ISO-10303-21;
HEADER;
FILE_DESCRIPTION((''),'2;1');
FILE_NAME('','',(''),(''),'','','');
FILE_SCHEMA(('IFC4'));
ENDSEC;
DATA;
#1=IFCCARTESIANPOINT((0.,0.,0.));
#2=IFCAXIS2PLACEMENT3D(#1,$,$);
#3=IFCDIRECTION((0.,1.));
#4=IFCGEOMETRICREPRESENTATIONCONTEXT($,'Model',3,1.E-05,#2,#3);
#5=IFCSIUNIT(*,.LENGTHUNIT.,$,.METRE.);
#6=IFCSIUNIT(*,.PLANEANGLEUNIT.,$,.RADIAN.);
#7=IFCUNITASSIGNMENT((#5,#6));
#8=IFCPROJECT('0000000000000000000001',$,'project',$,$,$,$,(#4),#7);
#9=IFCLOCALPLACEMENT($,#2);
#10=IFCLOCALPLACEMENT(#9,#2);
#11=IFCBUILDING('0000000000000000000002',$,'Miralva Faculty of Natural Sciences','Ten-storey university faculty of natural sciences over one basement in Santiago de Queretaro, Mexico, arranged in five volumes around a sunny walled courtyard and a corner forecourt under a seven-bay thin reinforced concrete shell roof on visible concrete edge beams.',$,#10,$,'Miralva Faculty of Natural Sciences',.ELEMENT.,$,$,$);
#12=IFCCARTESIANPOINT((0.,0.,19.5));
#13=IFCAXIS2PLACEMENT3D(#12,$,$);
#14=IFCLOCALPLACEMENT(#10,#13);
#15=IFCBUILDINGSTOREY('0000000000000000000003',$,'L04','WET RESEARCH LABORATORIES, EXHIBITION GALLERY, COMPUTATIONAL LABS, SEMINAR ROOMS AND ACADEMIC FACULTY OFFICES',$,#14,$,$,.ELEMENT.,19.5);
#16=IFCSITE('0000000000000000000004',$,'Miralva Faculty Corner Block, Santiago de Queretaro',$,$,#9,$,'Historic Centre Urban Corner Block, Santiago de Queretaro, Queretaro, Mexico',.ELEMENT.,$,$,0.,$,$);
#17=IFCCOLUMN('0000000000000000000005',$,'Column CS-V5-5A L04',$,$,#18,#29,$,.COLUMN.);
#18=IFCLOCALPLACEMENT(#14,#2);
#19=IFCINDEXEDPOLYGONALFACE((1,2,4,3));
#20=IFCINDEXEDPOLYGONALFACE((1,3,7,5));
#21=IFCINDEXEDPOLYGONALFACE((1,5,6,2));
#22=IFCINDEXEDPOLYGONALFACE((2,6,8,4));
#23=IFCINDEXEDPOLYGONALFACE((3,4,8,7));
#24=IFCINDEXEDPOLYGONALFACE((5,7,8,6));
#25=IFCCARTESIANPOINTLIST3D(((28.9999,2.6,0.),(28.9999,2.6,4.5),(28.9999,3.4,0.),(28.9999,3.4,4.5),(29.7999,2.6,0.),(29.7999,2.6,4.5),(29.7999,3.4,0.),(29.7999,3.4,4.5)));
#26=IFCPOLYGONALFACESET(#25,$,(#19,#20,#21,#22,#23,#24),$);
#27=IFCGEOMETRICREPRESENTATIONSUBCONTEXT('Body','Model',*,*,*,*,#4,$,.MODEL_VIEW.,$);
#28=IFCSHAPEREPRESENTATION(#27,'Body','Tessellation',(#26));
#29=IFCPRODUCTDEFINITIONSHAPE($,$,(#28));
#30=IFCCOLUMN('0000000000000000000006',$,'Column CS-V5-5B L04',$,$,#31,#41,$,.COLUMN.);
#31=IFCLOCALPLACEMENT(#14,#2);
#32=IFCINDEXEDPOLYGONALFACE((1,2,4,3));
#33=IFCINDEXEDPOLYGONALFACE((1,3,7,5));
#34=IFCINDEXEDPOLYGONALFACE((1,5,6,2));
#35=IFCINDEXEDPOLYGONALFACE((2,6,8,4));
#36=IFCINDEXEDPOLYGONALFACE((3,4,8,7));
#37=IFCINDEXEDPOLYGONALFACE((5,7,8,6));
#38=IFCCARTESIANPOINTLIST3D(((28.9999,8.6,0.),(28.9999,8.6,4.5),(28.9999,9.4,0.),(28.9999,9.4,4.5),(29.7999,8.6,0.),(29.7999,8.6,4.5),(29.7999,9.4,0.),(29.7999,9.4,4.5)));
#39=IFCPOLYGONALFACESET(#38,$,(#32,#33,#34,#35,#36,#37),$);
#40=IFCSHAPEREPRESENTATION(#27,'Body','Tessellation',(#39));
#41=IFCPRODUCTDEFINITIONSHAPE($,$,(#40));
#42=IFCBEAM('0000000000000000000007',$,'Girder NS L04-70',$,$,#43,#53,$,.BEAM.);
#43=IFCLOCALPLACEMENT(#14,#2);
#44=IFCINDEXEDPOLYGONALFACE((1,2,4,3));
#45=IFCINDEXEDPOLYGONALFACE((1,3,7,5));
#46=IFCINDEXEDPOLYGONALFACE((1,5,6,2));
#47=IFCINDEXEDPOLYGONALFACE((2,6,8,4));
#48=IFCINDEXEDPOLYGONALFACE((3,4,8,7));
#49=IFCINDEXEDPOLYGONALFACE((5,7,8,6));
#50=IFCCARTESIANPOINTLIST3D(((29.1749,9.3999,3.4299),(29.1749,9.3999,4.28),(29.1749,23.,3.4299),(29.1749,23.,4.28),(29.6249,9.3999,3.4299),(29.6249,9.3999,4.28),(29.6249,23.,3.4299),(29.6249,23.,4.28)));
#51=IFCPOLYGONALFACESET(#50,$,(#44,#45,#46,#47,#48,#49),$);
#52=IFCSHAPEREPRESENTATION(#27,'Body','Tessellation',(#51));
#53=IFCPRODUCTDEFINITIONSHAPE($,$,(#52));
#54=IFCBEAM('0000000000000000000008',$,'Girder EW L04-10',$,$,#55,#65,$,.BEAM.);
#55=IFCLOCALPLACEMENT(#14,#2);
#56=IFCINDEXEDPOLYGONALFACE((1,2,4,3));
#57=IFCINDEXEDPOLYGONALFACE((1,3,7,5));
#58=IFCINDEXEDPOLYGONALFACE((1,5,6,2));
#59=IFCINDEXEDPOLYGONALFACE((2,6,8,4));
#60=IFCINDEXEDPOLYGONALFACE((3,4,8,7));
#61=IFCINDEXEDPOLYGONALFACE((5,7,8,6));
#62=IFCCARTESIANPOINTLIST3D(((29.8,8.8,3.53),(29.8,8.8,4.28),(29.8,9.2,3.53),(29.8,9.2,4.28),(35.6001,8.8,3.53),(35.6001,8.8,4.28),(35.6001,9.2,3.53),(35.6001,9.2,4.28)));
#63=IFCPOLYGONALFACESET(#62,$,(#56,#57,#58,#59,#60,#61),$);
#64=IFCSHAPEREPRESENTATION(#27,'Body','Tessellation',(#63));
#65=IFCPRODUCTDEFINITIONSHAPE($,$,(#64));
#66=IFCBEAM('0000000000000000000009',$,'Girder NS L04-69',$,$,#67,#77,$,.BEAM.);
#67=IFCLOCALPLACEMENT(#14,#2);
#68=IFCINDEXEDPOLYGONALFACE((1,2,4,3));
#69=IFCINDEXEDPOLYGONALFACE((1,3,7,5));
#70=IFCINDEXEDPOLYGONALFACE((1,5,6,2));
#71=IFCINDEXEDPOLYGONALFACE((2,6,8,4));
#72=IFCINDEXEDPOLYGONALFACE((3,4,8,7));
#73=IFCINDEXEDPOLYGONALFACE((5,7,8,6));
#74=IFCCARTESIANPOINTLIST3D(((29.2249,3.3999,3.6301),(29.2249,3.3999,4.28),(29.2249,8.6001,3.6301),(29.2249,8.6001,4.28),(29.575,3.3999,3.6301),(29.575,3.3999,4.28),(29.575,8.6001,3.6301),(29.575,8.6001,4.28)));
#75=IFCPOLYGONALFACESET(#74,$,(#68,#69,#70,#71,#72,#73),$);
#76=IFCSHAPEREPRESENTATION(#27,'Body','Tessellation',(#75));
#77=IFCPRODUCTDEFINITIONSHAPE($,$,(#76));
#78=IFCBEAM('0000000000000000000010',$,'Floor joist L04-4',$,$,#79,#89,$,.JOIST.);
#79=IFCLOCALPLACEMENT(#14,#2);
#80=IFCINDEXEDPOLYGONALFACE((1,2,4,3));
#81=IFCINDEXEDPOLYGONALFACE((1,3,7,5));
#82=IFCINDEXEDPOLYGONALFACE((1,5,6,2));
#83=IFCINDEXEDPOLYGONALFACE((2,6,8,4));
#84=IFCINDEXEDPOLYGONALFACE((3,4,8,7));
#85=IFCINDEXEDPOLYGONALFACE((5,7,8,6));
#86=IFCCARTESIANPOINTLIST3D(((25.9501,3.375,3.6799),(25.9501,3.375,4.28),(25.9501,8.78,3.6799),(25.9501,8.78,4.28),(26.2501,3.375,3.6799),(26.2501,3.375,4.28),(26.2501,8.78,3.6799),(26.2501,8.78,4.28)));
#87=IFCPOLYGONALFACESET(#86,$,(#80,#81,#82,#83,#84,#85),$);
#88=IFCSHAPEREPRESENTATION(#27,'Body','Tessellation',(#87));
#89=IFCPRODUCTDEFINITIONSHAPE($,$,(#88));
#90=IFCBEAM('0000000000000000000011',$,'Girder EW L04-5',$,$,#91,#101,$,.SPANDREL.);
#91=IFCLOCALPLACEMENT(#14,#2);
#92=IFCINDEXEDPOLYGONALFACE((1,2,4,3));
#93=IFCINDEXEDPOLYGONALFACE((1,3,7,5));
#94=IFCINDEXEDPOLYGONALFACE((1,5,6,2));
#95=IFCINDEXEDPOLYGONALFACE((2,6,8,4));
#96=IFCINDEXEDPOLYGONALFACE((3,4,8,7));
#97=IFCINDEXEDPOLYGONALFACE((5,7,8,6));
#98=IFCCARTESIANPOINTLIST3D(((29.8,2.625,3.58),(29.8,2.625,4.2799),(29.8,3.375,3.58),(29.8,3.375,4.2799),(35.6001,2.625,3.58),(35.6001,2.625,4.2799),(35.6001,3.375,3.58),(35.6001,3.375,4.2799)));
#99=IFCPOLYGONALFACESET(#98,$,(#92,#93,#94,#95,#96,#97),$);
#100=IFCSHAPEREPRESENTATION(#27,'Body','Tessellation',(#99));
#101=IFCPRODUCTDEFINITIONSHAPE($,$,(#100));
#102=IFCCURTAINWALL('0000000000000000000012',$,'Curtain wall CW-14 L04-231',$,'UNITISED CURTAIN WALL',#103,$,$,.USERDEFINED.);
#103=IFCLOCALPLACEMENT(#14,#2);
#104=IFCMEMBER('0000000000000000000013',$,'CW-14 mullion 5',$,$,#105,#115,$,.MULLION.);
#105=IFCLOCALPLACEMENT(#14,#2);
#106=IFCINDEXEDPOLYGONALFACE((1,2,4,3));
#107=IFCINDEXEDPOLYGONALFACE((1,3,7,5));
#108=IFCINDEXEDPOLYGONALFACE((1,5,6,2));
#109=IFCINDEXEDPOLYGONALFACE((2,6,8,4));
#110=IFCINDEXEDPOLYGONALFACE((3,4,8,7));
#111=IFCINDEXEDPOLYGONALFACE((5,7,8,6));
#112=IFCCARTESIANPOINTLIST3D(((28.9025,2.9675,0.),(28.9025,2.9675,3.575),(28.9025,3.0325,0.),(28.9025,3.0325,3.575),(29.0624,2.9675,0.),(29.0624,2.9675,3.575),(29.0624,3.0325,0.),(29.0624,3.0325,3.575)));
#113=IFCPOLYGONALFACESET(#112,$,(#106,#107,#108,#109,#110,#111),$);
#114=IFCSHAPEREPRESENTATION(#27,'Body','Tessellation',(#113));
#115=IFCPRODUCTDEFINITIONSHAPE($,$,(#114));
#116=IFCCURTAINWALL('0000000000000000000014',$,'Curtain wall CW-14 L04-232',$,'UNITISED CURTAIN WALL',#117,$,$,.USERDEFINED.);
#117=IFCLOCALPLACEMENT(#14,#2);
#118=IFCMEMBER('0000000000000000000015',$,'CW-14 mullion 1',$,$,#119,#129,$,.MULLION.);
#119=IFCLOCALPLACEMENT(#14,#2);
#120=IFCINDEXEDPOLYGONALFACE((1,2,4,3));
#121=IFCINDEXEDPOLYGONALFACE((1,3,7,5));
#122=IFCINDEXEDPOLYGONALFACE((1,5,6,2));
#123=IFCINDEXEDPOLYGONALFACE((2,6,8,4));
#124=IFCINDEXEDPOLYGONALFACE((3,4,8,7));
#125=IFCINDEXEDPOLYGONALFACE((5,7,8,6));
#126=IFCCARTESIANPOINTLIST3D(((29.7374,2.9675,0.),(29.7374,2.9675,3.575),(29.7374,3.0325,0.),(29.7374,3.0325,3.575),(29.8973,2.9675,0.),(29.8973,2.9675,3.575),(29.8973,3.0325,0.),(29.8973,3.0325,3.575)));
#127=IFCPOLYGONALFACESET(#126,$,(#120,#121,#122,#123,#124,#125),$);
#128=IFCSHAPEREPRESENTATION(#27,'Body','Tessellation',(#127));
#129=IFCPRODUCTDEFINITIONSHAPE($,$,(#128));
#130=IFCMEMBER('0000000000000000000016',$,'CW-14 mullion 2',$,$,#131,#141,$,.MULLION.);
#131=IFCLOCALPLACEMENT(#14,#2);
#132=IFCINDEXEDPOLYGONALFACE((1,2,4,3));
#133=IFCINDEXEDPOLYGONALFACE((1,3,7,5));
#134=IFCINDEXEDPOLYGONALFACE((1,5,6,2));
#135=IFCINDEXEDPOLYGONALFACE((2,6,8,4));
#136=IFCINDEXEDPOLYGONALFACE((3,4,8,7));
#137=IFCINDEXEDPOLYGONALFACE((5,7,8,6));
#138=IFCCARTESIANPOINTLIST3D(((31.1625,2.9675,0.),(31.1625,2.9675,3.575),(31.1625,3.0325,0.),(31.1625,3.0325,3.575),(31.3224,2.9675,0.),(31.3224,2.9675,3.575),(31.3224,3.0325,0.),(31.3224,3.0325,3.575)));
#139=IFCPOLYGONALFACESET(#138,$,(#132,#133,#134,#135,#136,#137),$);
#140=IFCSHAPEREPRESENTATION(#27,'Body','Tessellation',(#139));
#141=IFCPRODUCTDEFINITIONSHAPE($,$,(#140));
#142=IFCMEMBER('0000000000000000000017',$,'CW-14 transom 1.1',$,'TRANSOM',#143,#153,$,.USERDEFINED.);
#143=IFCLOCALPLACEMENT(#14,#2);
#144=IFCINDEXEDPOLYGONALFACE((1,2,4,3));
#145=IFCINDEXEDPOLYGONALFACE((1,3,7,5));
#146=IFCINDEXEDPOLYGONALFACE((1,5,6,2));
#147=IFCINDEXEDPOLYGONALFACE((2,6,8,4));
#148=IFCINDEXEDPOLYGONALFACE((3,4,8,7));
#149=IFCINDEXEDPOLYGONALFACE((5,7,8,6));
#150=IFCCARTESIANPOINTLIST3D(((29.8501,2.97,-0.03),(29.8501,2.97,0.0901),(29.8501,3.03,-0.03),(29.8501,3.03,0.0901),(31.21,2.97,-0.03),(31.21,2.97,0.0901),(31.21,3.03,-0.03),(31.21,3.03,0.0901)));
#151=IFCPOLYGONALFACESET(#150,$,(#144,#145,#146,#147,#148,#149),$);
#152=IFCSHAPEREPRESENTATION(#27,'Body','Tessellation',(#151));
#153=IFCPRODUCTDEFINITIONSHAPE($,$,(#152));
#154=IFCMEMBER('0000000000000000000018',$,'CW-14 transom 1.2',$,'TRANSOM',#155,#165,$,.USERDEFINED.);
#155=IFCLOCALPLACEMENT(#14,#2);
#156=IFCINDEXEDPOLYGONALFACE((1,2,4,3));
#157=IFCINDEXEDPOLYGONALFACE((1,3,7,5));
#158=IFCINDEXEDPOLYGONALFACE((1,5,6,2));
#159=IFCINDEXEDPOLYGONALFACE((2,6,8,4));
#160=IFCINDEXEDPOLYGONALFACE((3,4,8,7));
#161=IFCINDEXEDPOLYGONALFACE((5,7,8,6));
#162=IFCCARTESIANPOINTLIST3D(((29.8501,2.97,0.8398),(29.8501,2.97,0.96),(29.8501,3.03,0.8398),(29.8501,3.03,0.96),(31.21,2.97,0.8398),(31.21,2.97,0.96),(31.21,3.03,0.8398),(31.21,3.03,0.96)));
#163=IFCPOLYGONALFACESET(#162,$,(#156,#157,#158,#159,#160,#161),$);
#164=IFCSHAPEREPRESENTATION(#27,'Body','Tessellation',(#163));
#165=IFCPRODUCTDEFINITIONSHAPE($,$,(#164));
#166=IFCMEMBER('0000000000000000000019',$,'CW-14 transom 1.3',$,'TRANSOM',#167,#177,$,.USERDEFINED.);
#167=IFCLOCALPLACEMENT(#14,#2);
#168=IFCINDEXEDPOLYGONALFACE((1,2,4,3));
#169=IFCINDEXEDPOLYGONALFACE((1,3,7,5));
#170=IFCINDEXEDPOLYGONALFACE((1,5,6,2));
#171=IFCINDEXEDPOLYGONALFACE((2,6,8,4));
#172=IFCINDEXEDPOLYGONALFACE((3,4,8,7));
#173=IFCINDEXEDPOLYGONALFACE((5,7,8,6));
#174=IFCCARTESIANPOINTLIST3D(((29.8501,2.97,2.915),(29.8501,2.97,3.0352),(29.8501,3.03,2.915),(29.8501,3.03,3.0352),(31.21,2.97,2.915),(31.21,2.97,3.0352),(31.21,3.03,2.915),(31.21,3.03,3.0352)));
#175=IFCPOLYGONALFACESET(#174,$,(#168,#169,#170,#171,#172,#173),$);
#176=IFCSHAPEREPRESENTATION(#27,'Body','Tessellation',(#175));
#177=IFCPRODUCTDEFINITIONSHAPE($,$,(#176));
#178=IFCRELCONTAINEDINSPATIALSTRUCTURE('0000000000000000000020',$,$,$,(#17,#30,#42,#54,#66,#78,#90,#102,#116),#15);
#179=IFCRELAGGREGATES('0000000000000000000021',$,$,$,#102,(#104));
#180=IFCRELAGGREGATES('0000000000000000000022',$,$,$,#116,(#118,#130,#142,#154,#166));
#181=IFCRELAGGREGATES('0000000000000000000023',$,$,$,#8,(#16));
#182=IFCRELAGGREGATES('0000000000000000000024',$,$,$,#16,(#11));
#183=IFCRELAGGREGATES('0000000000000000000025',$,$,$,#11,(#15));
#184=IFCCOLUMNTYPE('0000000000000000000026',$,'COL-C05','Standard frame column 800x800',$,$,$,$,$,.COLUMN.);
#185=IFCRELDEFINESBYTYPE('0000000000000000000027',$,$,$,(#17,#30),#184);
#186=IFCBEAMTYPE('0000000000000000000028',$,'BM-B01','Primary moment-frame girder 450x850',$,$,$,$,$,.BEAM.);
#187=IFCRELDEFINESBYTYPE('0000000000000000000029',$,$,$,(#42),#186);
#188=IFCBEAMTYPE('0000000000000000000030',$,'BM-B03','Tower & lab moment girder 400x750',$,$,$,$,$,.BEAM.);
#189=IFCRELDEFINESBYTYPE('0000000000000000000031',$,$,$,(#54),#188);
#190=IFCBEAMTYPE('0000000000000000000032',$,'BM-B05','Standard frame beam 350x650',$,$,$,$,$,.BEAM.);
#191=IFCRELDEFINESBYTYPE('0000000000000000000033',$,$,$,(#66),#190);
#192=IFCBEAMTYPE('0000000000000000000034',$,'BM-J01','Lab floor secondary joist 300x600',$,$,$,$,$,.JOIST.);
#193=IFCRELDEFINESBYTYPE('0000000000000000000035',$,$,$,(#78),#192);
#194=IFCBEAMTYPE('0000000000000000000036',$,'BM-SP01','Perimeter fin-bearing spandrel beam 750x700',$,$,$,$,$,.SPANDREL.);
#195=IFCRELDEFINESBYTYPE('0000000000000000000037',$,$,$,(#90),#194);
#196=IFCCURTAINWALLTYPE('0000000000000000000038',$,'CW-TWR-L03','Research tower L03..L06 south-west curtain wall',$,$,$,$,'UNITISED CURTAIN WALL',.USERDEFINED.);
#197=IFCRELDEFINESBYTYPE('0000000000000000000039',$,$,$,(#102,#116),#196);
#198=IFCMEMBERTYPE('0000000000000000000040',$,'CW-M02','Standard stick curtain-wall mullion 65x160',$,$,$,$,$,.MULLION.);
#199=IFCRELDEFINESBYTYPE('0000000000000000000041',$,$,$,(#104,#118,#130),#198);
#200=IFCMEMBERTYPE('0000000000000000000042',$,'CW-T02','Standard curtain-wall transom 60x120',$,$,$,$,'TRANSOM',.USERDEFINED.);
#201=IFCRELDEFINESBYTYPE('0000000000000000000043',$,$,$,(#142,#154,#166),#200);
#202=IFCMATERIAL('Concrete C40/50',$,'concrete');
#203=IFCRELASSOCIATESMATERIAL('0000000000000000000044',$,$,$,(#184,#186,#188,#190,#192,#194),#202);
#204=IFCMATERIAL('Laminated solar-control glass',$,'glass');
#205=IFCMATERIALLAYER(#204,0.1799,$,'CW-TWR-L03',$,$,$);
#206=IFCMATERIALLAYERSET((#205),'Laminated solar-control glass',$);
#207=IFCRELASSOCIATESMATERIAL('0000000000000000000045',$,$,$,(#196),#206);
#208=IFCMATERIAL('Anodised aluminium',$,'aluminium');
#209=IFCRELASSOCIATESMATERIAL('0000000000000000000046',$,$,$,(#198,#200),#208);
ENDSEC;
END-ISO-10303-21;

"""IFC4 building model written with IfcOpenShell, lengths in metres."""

from ifc_helpers import new_model, si_unit, direction, frame, origin, origin_2d, place, context, subcontext, project, spatial, rectangle, extrude, material, layer, layer_set, material_profile, profile_set, type_object, element, aggregate, save


model = new_model("IFC4")

# Units and contexts
model_context = context("Model", 3, precision=1e-05, world=origin(), true_north=direction((0.0, 1.0)))
body_context = subcontext(model_context, "Body", "Model", "MODEL_VIEW")
ifc_project = project(units=[si_unit("LENGTHUNIT", "METRE"), si_unit("PLANEANGLEUNIT", "RADIAN")], contexts=[model_context])

# Site, building, storey
site_placement = place(None, origin())
site = spatial("IfcSite", under=ifc_project, at=site_placement, Name="Miralva Faculty Corner Block, Santiago de Queretaro", LongName="Historic Centre Urban Corner Block, Santiago de Queretaro, Queretaro, Mexico", CompositionType="ELEMENT", RefElevation=0.0)
building_placement = place(site_placement, origin())
building = spatial("IfcBuilding", under=site, at=building_placement, Name="Miralva Faculty of Natural Sciences", Description="Ten-storey university faculty of natural sciences over one basement in Santiago de Queretaro, Mexico, arranged in five volumes around a sunny walled courtyard and a corner forecourt under a seven-bay thin reinforced concrete shell roof on visible concrete edge beams.", LongName="Miralva Faculty of Natural Sciences", CompositionType="ELEMENT")
storey_placement = place(building_placement, frame((0.0, 0.0, 19.5)))
storey = spatial("IfcBuildingStorey", under=building, at=storey_placement, Name="L04", Description="WET RESEARCH LABORATORIES, EXHIBITION GALLERY, COMPUTATIONAL LABS, SEMINAR ROOMS AND ACADEMIC FACULTY OFFICES", CompositionType="ELEMENT", Elevation=19.5)

# Columns
ifc_material_1 = material(Name="Concrete C40/50", Category="concrete")
ifc_material_profile_1 = material_profile(ifc_material_1, rectangle(XDim=0.8, YDim=0.8, at=origin_2d()), Name="RC 800x800")
ifc_profile_set_1 = profile_set([ifc_material_profile_1], Name="Concrete C40/50")
column_type = type_object("IfcColumnType", Name="COL-C05", Description="Standard frame column 800x800", PredefinedType="COLUMN", material=ifc_profile_set_1)
for number, where, z_axis, x_axis, name in (
    (1, (29.3999, 3.0, 0.0), (0.0, 0.0, 1.0), (1.0, 0.0, 0.0), "Column CS-V5-5A L04"),
    (2, (29.3999, 9.0, 0.0), (0.0, 0.0, 1.0), (1.0, 0.0, 0.0), "Column CS-V5-5B L04"),
):
    element("IfcColumn", number, at=place(storey_placement, frame(where, z_axis=z_axis, x_axis=x_axis)), inside=storey, type_object=column_type, Name=name, PredefinedType="COLUMN", context=body_context, shape_type="SweptSolid", body=[
        extrude(rectangle(XDim=0.8, YDim=0.8, at=origin_2d()), origin(), (0.0, 0.0, 1.0), 4.5),
    ])

# Beams
ifc_material_profile_2 = material_profile(ifc_material_1, rectangle(XDim=0.45, YDim=0.8501, at=origin_2d()), Name="RC 450x850")
ifc_profile_set_2 = profile_set([ifc_material_profile_2], Name="Concrete C40/50")
beam_type_1 = type_object("IfcBeamType", Name="BM-B01", Description="Primary moment-frame girder 450x850", PredefinedType="BEAM", material=ifc_profile_set_2)
beam_1_placement = place(storey_placement, frame((29.3999, 9.3999, 3.855), z_axis=(0.0, 1.0, 0.0), x_axis=(-1.0, 0.0, 0.0)))
element("IfcBeam", 3, at=beam_1_placement, inside=storey, type_object=beam_type_1, Name="Girder NS L04-70", PredefinedType="BEAM", context=body_context, shape_type="SweptSolid", body=[
    extrude(rectangle(XDim=0.45, YDim=0.8501, at=origin_2d()), origin(), (0.0, 0.0, 1.0), 13.6001),
])
ifc_material_profile_3 = material_profile(ifc_material_1, rectangle(XDim=0.3999, YDim=0.75, at=origin_2d()), Name="RC 400x750")
ifc_profile_set_3 = profile_set([ifc_material_profile_3], Name="Concrete C40/50")
beam_type_2 = type_object("IfcBeamType", Name="BM-B03", Description="Tower & lab moment girder 400x750", PredefinedType="BEAM", material=ifc_profile_set_3)
beam_2_placement = place(storey_placement, frame((29.8, 9.0, 3.905), z_axis=(1.0, 0.0, 0.0), x_axis=(0.0, 1.0, 0.0)))
element("IfcBeam", 4, at=beam_2_placement, inside=storey, type_object=beam_type_2, Name="Girder EW L04-10", PredefinedType="BEAM", context=body_context, shape_type="SweptSolid", body=[
    extrude(rectangle(XDim=0.3999, YDim=0.75, at=origin_2d()), origin(), (0.0, 0.0, 1.0), 5.8),
])
ifc_material_profile_4 = material_profile(ifc_material_1, rectangle(XDim=0.3501, YDim=0.6499, at=origin_2d()), Name="RC 350x650")
ifc_profile_set_4 = profile_set([ifc_material_profile_4], Name="Concrete C40/50")
beam_type_3 = type_object("IfcBeamType", Name="BM-B05", Description="Standard frame beam 350x650", PredefinedType="BEAM", material=ifc_profile_set_4)
beam_3_placement = place(storey_placement, frame((29.3999, 3.3999, 3.9551), z_axis=(0.0, 1.0, 0.0), x_axis=(-1.0, 0.0, 0.0)))
element("IfcBeam", 5, at=beam_3_placement, inside=storey, type_object=beam_type_3, Name="Girder NS L04-69", PredefinedType="BEAM", context=body_context, shape_type="SweptSolid", body=[
    extrude(rectangle(XDim=0.3501, YDim=0.6499, at=origin_2d()), origin(), (0.0, 0.0, 1.0), 5.2002),
])
ifc_material_profile_5 = material_profile(ifc_material_1, rectangle(XDim=0.3, YDim=0.6001, at=origin_2d()), Name="RC 300x600")
ifc_profile_set_5 = profile_set([ifc_material_profile_5], Name="Concrete C40/50")
beam_type_4 = type_object("IfcBeamType", Name="BM-J01", Description="Lab floor secondary joist 300x600", PredefinedType="JOIST", material=ifc_profile_set_5)
beam_4_placement = place(storey_placement, frame((26.1001, 3.375, 3.98), z_axis=(0.0, 1.0, 0.0), x_axis=(-1.0, 0.0, 0.0)))
element("IfcBeam", 6, at=beam_4_placement, inside=storey, type_object=beam_type_4, Name="Floor joist L04-4", PredefinedType="JOIST", context=body_context, shape_type="SweptSolid", body=[
    extrude(rectangle(XDim=0.3, YDim=0.6001, at=origin_2d()), origin(), (0.0, 0.0, 1.0), 5.405),
])
ifc_material_profile_6 = material_profile(ifc_material_1, rectangle(XDim=0.75, YDim=0.7, at=origin_2d()), Name="RC 750x700")
ifc_profile_set_6 = profile_set([ifc_material_profile_6], Name="Concrete C40/50")
beam_type_5 = type_object("IfcBeamType", Name="BM-SP01", Description="Perimeter fin-bearing spandrel beam 750x700", PredefinedType="SPANDREL", material=ifc_profile_set_6)
beam_5_placement = place(storey_placement, frame((29.8, 3.0, 3.9299), z_axis=(1.0, 0.0, 0.0), x_axis=(0.0, 1.0, 0.0)))
element("IfcBeam", 7, at=beam_5_placement, inside=storey, type_object=beam_type_5, Name="Girder EW L04-5", PredefinedType="SPANDREL", context=body_context, shape_type="SweptSolid", body=[
    extrude(rectangle(XDim=0.75, YDim=0.7, at=origin_2d()), origin(), (0.0, 0.0, 1.0), 5.8),
])

# Curtain wall, member
ifc_material_2 = material(Name="Laminated solar-control glass", Category="glass")
ifc_layer_1 = layer(ifc_material_2, 0.1799, Name="CW-TWR-L03")
ifc_layer_set_1 = layer_set([ifc_layer_1], Name="Laminated solar-control glass")
curtain_wall_type = type_object("IfcCurtainWallType", Name="CW-TWR-L03", Description="Research tower L03..L06 south-west curtain wall", ElementType="UNITISED CURTAIN WALL", PredefinedType="USERDEFINED", material=ifc_layer_set_1)
curtain_wall_1_placement = place(storey_placement, origin())
curtain_wall_1 = element("IfcCurtainWall", 8, at=curtain_wall_1_placement, inside=storey, type_object=curtain_wall_type, Name="Curtain wall CW-14 L04-231", ObjectType="UNITISED CURTAIN WALL", PredefinedType="USERDEFINED")
ifc_material_3 = material(Name="Anodised aluminium", Category="aluminium")
ifc_material_profile_7 = material_profile(ifc_material_3, rectangle(XDim=0.0649, YDim=0.1599, at=origin_2d()), Name="MULLION 65x160")
ifc_profile_set_7 = profile_set([ifc_material_profile_7], Name="Anodised aluminium")
member_type_1 = type_object("IfcMemberType", Name="CW-M02", Description="Standard stick curtain-wall mullion 65x160", PredefinedType="MULLION", material=ifc_profile_set_7)
member_1_placement = place(storey_placement, frame((28.9824, 3.0, 0.0), z_axis=(0.0, 0.0, 1.0), x_axis=(0.0, 1.0, 0.0)))
member_1 = element("IfcMember", 9, at=member_1_placement, type_object=member_type_1, Name="CW-14 mullion 5", PredefinedType="MULLION", context=body_context, shape_type="SweptSolid", body=[
    extrude(rectangle(XDim=0.0649, YDim=0.1599, at=origin_2d()), origin(), (0.0, 0.0, 1.0), 3.575),
])

# Curtain wall, members
curtain_wall_2_placement = place(storey_placement, origin())
curtain_wall_2 = element("IfcCurtainWall", 10, at=curtain_wall_2_placement, inside=storey, type_object=curtain_wall_type, Name="Curtain wall CW-14 L04-232", ObjectType="UNITISED CURTAIN WALL", PredefinedType="USERDEFINED")
member_2_placement = place(storey_placement, frame((29.8174, 3.0, 0.0), z_axis=(0.0, 0.0, 1.0), x_axis=(0.0, 1.0, 0.0)))
member_2 = element("IfcMember", 11, at=member_2_placement, type_object=member_type_1, Name="CW-14 mullion 1", PredefinedType="MULLION", context=body_context, shape_type="SweptSolid", body=[
    extrude(rectangle(XDim=0.0649, YDim=0.1599, at=origin_2d()), origin(), (0.0, 0.0, 1.0), 3.575),
])
member_3_placement = place(storey_placement, frame((31.2424, 3.0, 0.0), z_axis=(0.0, 0.0, 1.0), x_axis=(0.0, 1.0, 0.0)))
member_3 = element("IfcMember", 12, at=member_3_placement, type_object=member_type_1, Name="CW-14 mullion 2", PredefinedType="MULLION", context=body_context, shape_type="SweptSolid", body=[
    extrude(rectangle(XDim=0.0649, YDim=0.1599, at=origin_2d()), origin(), (0.0, 0.0, 1.0), 3.575),
])
ifc_material_profile_8 = material_profile(ifc_material_3, rectangle(XDim=0.0601, YDim=0.1201, at=origin_2d()), Name="TRANSOM 60x120")
ifc_profile_set_8 = profile_set([ifc_material_profile_8], Name="Anodised aluminium")
member_type_2 = type_object("IfcMemberType", Name="CW-T02", Description="Standard curtain-wall transom 60x120", ElementType="TRANSOM", PredefinedType="USERDEFINED", material=ifc_profile_set_8)
member_4_placement = place(storey_placement, frame((29.8501, 3.0, 0.03), z_axis=(1.0, 0.0, 0.0), x_axis=(0.0, 1.0, 0.0)))
member_4 = element("IfcMember", 13, at=member_4_placement, type_object=member_type_2, Name="CW-14 transom 1.1", ObjectType="TRANSOM", PredefinedType="USERDEFINED", context=body_context, shape_type="SweptSolid", body=[
    extrude(rectangle(XDim=0.0601, YDim=0.1201, at=origin_2d()), origin(), (0.0, 0.0, 1.0), 1.3599),
])
member_5_placement = place(storey_placement, frame((29.8501, 3.0, 0.8999), z_axis=(1.0, 0.0, 0.0), x_axis=(0.0, 1.0, 0.0)))
member_5 = element("IfcMember", 14, at=member_5_placement, type_object=member_type_2, Name="CW-14 transom 1.2", ObjectType="TRANSOM", PredefinedType="USERDEFINED", context=body_context, shape_type="SweptSolid", body=[
    extrude(rectangle(XDim=0.0601, YDim=0.1201, at=origin_2d()), origin(), (0.0, 0.0, 1.0), 1.3599),
])
member_6_placement = place(storey_placement, frame((29.8501, 3.0, 2.9751), z_axis=(1.0, 0.0, 0.0), x_axis=(0.0, 1.0, 0.0)))
member_6 = element("IfcMember", 15, at=member_6_placement, type_object=member_type_2, Name="CW-14 transom 1.3", ObjectType="TRANSOM", PredefinedType="USERDEFINED", context=body_context, shape_type="SweptSolid", body=[
    extrude(rectangle(XDim=0.0601, YDim=0.1201, at=origin_2d()), origin(), (0.0, 0.0, 1.0), 1.3599),
])

aggregate(curtain_wall_1, [member_1])
aggregate(curtain_wall_2, [member_2, member_3, member_4, member_5, member_6])

save(model, "model.ifc")
